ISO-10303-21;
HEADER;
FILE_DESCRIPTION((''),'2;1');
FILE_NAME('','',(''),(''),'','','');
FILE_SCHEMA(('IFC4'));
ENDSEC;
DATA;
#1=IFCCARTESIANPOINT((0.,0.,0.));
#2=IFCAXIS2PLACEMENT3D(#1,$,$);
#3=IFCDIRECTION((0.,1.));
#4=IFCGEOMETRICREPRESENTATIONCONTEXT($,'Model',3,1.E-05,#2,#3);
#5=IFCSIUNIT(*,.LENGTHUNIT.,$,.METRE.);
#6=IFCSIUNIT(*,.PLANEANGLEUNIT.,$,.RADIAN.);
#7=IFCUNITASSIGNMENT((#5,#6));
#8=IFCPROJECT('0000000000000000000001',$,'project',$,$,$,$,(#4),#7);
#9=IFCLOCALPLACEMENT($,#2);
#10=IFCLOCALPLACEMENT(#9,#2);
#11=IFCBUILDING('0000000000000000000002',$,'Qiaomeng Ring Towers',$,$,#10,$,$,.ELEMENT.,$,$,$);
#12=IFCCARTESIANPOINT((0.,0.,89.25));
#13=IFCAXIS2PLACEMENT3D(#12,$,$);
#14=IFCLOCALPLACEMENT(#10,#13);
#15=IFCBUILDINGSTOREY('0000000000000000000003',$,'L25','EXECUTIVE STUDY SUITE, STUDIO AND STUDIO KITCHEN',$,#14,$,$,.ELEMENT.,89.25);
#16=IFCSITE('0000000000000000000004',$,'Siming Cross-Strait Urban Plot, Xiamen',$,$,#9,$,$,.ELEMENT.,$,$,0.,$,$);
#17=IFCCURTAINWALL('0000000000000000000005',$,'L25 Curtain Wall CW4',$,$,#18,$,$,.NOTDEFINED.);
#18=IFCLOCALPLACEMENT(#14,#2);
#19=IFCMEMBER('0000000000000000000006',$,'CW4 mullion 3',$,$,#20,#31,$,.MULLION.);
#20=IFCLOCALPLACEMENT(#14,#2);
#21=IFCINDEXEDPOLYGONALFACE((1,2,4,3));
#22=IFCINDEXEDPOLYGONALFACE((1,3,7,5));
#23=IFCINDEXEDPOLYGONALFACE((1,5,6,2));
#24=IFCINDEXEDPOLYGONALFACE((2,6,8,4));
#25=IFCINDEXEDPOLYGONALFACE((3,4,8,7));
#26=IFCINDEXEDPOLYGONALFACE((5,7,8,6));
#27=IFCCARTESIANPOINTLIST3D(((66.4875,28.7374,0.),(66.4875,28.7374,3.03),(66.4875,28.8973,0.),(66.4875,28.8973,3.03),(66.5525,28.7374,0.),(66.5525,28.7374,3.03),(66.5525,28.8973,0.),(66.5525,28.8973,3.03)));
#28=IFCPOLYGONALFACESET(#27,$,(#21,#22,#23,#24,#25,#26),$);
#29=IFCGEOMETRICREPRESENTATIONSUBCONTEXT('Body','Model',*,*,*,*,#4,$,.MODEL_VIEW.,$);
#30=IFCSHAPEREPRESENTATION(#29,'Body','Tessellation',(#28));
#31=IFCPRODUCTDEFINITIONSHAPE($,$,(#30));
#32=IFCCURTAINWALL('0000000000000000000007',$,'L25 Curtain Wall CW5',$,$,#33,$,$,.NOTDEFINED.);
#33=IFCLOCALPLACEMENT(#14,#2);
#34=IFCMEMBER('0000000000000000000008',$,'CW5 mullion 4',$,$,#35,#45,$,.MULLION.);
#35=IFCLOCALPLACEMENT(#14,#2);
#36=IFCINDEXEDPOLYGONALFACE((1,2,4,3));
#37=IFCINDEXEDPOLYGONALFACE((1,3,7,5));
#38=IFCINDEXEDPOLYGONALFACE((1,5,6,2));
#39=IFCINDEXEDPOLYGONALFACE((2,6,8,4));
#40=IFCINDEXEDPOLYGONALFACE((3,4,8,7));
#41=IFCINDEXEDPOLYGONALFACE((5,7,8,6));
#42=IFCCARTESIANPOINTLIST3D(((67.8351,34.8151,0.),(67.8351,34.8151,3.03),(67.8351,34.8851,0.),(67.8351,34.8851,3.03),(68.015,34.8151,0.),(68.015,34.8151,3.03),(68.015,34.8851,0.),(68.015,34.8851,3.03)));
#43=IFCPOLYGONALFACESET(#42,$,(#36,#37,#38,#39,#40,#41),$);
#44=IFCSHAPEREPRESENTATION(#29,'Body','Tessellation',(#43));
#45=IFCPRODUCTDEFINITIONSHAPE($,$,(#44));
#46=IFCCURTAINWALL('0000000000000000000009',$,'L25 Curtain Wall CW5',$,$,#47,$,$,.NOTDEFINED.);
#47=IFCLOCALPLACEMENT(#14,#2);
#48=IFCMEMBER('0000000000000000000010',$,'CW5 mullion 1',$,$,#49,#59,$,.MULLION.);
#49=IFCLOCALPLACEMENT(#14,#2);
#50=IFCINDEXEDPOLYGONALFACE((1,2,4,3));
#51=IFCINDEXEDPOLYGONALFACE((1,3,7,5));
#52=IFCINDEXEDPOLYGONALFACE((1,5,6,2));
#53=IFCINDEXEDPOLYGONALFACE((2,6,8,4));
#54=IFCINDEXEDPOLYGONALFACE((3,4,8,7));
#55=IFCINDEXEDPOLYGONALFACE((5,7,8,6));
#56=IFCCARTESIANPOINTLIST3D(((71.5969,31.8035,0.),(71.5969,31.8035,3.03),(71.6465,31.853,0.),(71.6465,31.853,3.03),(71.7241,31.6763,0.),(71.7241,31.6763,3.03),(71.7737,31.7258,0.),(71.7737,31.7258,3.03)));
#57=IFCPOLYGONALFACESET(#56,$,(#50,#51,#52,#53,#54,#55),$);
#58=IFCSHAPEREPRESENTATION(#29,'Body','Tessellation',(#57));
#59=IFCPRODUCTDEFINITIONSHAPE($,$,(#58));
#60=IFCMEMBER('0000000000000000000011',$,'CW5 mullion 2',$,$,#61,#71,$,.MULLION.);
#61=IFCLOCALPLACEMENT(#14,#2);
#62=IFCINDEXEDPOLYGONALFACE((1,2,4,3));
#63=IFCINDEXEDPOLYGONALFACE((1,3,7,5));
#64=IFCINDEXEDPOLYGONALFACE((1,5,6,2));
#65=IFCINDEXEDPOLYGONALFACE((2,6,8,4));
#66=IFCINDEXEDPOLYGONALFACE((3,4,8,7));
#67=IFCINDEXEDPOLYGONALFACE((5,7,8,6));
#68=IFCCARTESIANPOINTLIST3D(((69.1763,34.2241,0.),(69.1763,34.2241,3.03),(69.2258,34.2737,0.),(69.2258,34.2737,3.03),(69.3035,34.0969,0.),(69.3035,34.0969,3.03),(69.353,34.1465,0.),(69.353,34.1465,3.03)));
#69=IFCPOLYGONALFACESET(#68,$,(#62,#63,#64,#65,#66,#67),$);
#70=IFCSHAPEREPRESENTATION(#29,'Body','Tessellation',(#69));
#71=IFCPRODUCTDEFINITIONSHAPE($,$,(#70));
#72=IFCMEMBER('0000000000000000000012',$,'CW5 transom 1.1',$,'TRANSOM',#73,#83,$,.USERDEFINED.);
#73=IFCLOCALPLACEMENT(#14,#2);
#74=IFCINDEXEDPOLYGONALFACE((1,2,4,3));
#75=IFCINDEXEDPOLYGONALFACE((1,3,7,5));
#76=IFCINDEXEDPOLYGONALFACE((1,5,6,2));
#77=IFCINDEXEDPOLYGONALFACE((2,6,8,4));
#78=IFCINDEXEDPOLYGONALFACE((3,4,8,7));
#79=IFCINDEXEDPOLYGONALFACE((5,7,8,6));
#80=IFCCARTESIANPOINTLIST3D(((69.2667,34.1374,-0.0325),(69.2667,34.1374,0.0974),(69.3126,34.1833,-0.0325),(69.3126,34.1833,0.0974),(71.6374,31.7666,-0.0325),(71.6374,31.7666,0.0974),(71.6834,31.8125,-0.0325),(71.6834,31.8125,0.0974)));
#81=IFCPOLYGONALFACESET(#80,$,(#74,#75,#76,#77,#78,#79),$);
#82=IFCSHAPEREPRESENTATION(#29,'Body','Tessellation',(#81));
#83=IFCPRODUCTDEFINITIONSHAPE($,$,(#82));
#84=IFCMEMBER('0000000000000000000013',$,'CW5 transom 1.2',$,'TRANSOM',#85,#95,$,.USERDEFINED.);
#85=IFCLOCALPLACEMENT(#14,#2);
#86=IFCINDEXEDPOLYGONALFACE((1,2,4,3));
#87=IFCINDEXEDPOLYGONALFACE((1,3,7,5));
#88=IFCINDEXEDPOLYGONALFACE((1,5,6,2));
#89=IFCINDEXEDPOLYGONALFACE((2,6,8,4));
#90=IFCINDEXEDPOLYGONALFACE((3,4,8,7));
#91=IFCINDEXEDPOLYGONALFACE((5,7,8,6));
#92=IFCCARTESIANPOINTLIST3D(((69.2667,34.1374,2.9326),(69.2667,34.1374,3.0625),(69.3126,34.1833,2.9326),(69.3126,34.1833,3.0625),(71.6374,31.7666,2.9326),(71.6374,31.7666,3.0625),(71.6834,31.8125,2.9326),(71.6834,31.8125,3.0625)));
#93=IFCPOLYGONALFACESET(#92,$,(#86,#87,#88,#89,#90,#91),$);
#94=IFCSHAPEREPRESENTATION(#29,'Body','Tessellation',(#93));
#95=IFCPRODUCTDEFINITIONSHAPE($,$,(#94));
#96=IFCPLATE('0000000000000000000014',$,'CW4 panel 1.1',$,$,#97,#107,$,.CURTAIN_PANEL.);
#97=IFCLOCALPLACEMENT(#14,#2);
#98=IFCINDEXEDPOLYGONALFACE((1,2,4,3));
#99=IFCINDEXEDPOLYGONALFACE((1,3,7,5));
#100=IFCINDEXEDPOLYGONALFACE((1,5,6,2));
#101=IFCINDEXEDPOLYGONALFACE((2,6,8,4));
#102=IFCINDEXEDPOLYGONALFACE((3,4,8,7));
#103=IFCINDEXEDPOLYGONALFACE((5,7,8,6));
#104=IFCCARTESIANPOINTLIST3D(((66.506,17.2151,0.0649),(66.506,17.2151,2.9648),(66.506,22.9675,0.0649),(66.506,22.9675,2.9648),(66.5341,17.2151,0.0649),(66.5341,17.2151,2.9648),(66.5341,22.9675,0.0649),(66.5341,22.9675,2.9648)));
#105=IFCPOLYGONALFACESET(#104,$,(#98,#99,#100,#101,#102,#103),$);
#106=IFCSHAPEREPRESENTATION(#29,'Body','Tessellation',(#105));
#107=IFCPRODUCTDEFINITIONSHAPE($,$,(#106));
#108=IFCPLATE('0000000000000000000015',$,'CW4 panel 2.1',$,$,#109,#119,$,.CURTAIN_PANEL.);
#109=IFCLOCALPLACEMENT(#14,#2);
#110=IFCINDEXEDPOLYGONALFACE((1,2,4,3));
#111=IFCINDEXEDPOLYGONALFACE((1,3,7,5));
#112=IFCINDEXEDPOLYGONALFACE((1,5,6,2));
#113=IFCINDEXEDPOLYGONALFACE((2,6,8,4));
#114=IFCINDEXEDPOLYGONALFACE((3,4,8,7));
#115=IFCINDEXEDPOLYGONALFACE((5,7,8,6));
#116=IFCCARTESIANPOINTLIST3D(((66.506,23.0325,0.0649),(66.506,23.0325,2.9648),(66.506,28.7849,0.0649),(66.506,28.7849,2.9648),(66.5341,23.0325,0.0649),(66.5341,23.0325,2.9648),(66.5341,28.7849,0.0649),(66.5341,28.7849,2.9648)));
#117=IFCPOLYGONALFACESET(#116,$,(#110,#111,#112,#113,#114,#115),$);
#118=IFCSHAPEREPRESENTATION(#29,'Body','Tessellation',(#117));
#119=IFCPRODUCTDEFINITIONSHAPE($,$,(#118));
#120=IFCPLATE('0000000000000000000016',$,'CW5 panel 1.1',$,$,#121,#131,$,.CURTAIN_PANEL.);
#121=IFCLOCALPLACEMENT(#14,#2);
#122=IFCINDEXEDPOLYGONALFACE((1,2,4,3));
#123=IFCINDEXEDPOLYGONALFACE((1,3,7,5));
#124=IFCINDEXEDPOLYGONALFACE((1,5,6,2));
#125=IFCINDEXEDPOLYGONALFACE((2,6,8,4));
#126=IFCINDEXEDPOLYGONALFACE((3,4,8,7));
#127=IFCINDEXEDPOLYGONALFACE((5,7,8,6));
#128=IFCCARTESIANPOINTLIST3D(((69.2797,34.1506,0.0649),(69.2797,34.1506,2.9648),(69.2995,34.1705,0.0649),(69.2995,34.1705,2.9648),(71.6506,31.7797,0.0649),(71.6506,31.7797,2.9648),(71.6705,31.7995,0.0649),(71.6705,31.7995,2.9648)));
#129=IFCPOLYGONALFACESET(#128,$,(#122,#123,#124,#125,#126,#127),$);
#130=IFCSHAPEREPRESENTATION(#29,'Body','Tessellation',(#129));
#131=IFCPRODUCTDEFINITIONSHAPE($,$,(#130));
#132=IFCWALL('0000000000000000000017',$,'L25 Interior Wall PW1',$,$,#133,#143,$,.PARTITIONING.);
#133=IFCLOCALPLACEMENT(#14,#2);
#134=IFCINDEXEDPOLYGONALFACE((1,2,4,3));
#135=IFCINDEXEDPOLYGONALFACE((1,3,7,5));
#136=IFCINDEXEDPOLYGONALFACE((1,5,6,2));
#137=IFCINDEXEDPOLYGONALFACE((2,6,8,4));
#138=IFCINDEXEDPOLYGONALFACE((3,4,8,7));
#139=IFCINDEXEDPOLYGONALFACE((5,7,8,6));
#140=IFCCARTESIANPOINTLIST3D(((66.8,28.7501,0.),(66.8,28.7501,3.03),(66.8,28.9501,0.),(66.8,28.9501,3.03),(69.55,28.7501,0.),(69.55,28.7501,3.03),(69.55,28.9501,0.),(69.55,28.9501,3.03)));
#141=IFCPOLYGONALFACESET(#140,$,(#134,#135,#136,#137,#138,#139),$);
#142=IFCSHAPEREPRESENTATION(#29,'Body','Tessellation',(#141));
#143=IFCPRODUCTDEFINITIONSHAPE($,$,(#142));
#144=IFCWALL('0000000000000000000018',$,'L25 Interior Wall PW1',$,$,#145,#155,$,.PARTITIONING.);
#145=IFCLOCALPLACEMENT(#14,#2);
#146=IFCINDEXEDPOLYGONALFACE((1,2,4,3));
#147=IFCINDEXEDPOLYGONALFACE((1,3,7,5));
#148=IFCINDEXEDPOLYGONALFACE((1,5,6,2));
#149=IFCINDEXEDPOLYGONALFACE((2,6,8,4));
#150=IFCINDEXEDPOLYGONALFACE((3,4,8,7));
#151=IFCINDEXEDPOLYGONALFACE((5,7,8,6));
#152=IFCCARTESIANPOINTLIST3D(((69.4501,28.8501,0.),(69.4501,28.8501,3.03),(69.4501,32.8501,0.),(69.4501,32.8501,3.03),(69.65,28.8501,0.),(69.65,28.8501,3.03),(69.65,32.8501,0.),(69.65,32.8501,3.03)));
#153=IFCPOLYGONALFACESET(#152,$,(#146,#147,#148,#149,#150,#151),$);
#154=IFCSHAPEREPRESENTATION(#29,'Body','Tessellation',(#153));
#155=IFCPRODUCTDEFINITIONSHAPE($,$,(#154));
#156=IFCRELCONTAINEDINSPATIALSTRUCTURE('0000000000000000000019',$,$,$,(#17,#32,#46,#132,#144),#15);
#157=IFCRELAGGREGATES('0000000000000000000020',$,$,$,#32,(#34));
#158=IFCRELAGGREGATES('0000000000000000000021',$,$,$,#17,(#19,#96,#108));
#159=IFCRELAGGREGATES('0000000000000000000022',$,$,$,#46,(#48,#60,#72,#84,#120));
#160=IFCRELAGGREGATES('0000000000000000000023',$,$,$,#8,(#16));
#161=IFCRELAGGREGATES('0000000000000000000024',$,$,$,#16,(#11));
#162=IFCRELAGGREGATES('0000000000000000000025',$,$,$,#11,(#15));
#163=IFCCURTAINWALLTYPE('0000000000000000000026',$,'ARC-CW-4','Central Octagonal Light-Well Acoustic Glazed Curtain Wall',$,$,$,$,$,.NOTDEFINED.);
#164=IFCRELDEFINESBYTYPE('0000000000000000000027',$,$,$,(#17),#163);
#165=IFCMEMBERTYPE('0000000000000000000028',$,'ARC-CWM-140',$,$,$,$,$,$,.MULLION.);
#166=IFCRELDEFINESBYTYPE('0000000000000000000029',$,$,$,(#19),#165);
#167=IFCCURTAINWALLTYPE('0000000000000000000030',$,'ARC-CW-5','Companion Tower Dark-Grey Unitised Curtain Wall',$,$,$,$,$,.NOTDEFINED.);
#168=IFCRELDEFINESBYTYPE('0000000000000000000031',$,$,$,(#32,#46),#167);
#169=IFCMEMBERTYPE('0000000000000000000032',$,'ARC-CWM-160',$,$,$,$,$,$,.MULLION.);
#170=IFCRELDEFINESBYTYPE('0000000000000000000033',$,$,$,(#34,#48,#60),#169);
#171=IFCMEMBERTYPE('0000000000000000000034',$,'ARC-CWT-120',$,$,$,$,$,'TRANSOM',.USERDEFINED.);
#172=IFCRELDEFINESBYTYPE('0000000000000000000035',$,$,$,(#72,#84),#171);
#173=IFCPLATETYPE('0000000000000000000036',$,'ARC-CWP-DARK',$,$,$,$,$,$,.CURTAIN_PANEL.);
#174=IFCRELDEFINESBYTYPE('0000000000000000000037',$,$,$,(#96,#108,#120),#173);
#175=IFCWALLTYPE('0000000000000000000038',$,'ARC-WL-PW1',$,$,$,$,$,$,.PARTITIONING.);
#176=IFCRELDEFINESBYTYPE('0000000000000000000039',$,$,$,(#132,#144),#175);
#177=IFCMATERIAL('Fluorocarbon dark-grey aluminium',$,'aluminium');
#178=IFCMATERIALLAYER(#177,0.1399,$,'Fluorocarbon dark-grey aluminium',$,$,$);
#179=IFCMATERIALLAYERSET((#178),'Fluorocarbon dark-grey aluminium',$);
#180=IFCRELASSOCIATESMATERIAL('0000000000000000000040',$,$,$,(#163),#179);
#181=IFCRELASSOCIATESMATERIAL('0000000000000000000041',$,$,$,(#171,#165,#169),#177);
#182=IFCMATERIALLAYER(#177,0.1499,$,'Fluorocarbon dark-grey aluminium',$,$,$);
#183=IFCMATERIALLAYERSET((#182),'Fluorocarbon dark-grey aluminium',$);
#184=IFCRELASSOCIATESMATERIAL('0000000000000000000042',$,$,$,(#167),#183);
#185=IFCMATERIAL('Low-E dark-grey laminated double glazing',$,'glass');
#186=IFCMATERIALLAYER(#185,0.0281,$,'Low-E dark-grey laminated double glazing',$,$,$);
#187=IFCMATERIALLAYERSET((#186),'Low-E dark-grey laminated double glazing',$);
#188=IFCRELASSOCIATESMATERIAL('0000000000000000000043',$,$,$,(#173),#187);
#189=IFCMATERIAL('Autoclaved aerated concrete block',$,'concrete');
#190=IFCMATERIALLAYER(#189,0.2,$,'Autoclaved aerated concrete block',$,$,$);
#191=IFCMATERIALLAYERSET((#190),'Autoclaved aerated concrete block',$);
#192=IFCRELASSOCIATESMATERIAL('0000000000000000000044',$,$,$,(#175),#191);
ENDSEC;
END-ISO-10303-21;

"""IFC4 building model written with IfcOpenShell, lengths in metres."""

from ifc_helpers import new_model, si_unit, direction, frame, frame_2d, origin, origin_2d, place, context, subcontext, project, spatial, rectangle, extrude, source, transform, mapped, material, layer, layer_set, material_profile, profile_set, type_object, element, aggregate, save


model = new_model("IFC4")

# Units and contexts
model_context = context("Model", 3, precision=1e-05, world=origin(), true_north=direction((0.0, 1.0)))
body_context = subcontext(model_context, "Body", "Model", "MODEL_VIEW")
ifc_project = project(units=[si_unit("LENGTHUNIT", "METRE"), si_unit("PLANEANGLEUNIT", "RADIAN")], contexts=[model_context])

# Site, building, storey
site_placement = place(None, origin())
site = spatial("IfcSite", under=ifc_project, at=site_placement, Name="Siming Cross-Strait Urban Plot, Xiamen", CompositionType="ELEMENT", RefElevation=0.0)
building_placement = place(site_placement, origin())
building = spatial("IfcBuilding", under=site, at=building_placement, Name="Qiaomeng Ring Towers", CompositionType="ELEMENT")
storey_placement = place(building_placement, frame((0.0, 0.0, 89.25)))
storey = spatial("IfcBuildingStorey", under=building, at=storey_placement, Name="L25", Description="EXECUTIVE STUDY SUITE, STUDIO AND STUDIO KITCHEN", CompositionType="ELEMENT", Elevation=89.25)

# Curtain wall, member
ifc_material_1 = material(Name="Fluorocarbon dark-grey aluminium", Category="aluminium")
ifc_layer_1 = layer(ifc_material_1, 0.1399, Name="Fluorocarbon dark-grey aluminium")
ifc_layer_set_1 = layer_set([ifc_layer_1], Name="Fluorocarbon dark-grey aluminium")
curtain_wall_type_1 = type_object("IfcCurtainWallType", Name="ARC-CW-4", Description="Central Octagonal Light-Well Acoustic Glazed Curtain Wall", PredefinedType="NOTDEFINED", material=ifc_layer_set_1)
curtain_wall_1_placement = place(storey_placement, origin())
curtain_wall_1 = element("IfcCurtainWall", 1, at=curtain_wall_1_placement, inside=storey, type_object=curtain_wall_type_1, Name="L25 Curtain Wall CW4", PredefinedType="NOTDEFINED")
ifc_material_profile_1 = material_profile(ifc_material_1, rectangle(XDim=0.0649, YDim=0.1299, at=origin_2d()), Name="ALU TRAN 65x130")
ifc_profile_set_1 = profile_set([ifc_material_profile_1], Name="Fluorocarbon dark-grey aluminium")
member_type_1 = type_object("IfcMemberType", Name="ARC-CWT-120", ElementType="TRANSOM", PredefinedType="USERDEFINED", material=ifc_profile_set_1)
ifc_material_profile_2 = material_profile(ifc_material_1, rectangle(XDim=0.0649, YDim=0.1599, at=origin_2d()), Name="ALU MULL 65x160")
ifc_profile_set_2 = profile_set([ifc_material_profile_2], Name="Fluorocarbon dark-grey aluminium")
member_type_2 = type_object("IfcMemberType", Name="ARC-CWM-140", PredefinedType="MULLION", material=ifc_profile_set_2)
shared_shape_1 = source(origin(), body_context, "Body", "SweptSolid", [
    extrude(rectangle(XDim=0.0649, YDim=0.1599, at=origin_2d()), origin(), (0.0, 0.0, 1.0), 3.03),
])
member_1_placement = place(storey_placement, frame((66.52, 28.8174, 0.0), z_axis=(0.0, 0.0, 1.0), x_axis=(-1.0, 0.0, 0.0)))
member_1 = element("IfcMember", 2, at=member_1_placement, type_object=member_type_2, Name="CW4 mullion 3", PredefinedType="MULLION", context=body_context, shape_type="MappedRepresentation", body=[
    mapped(shared_shape_1, transform((0.0, 0.0, 0.0), x_axis=(1.0, 0.0, 0.0), y_axis=(0.0, 1.0, 0.0), z_axis=(0.0, 0.0, 1.0), scale=1.0)),
])

# Curtain wall, member
ifc_layer_2 = layer(ifc_material_1, 0.1499, Name="Fluorocarbon dark-grey aluminium")
ifc_layer_set_2 = layer_set([ifc_layer_2], Name="Fluorocarbon dark-grey aluminium")
curtain_wall_type_2 = type_object("IfcCurtainWallType", Name="ARC-CW-5", Description="Companion Tower Dark-Grey Unitised Curtain Wall", PredefinedType="NOTDEFINED", material=ifc_layer_set_2)
curtain_wall_2_placement = place(storey_placement, origin())
curtain_wall_2 = element("IfcCurtainWall", 3, at=curtain_wall_2_placement, inside=storey, type_object=curtain_wall_type_2, Name="L25 Curtain Wall CW5", PredefinedType="NOTDEFINED")
ifc_material_profile_3 = material_profile(ifc_material_1, rectangle(XDim=0.0701, YDim=0.1799, at=origin_2d()), Name="ALU MULL 70x180")
ifc_profile_set_3 = profile_set([ifc_material_profile_3], Name="Fluorocarbon dark-grey aluminium")
member_type_3 = type_object("IfcMemberType", Name="ARC-CWM-160", PredefinedType="MULLION", material=ifc_profile_set_3)
shared_shape_2 = source(origin(), body_context, "Body", "SweptSolid", [
    extrude(rectangle(XDim=0.0701, YDim=0.1799, at=origin_2d()), origin(), (0.0, 0.0, 1.0), 3.03),
])
member_2_placement = place(storey_placement, frame((67.925, 34.8501, 0.0), z_axis=(0.0, 0.0, 1.0), x_axis=(0.0, 1.0, 0.0)))
member_2 = element("IfcMember", 4, at=member_2_placement, type_object=member_type_3, Name="CW5 mullion 4", PredefinedType="MULLION", context=body_context, shape_type="MappedRepresentation", body=[
    mapped(shared_shape_2, transform((0.0, 0.0, 0.0), x_axis=(1.0, 0.0, 0.0), y_axis=(0.0, 1.0, 0.0), z_axis=(0.0, 0.0, 1.0), scale=1.0)),
])
aggregate(curtain_wall_2, [member_2])

# Curtain wall, members
curtain_wall_3_placement = place(storey_placement, origin())
curtain_wall_3 = element("IfcCurtainWall", 5, at=curtain_wall_3_placement, inside=storey, type_object=curtain_wall_type_2, Name="L25 Curtain Wall CW5", PredefinedType="NOTDEFINED")
member_3_placement = place(storey_placement, frame((71.6853, 31.7646, 0.0), z_axis=(0.0, 0.0, 1.0), x_axis=(-0.707107, -0.707107, 0.0)))
member_3 = element("IfcMember", 6, at=member_3_placement, type_object=member_type_3, Name="CW5 mullion 1", PredefinedType="MULLION", context=body_context, shape_type="MappedRepresentation", body=[
    mapped(shared_shape_2, transform((0.0, 0.0, 0.0), x_axis=(1.0, 0.0, 0.0), y_axis=(0.0, 1.0, 0.0), z_axis=(0.0, 0.0, 1.0), scale=1.0)),
])
member_4_placement = place(storey_placement, frame((69.2646, 34.1853, 0.0), z_axis=(0.0, 0.0, 1.0), x_axis=(-0.707107, -0.707107, 0.0)))
member_4 = element("IfcMember", 7, at=member_4_placement, type_object=member_type_3, Name="CW5 mullion 2", PredefinedType="MULLION", context=body_context, shape_type="MappedRepresentation", body=[
    mapped(shared_shape_2, transform((0.0, 0.0, 0.0), x_axis=(1.0, 0.0, 0.0), y_axis=(0.0, 1.0, 0.0), z_axis=(0.0, 0.0, 1.0), scale=1.0)),
])
shared_shape_3 = source(origin(), body_context, "Body", "SweptSolid", [
    extrude(rectangle(XDim=0.0649, YDim=0.1299, at=origin_2d()), origin(), (0.0, 0.0, 1.0), 3.3528),
])
member_5_placement = place(storey_placement, frame((71.6604, 31.7896, 0.0325), z_axis=(-0.707107, 0.707107, 0.0), x_axis=(-0.707107, -0.707107, 0.0)))
member_5 = element("IfcMember", 8, at=member_5_placement, type_object=member_type_1, Name="CW5 transom 1.1", ObjectType="TRANSOM", PredefinedType="USERDEFINED", context=body_context, shape_type="MappedRepresentation", body=[
    mapped(shared_shape_3, transform((0.0, 0.0, 0.0), x_axis=(1.0, 0.0, 0.0), y_axis=(0.0, 1.0, 0.0), z_axis=(0.0, 0.0, 1.0), scale=1.0)),
])
member_6_placement = place(storey_placement, frame((71.6604, 31.7896, 2.9976), z_axis=(-0.707107, 0.707107, 0.0), x_axis=(-0.707107, -0.707107, 0.0)))
member_6 = element("IfcMember", 9, at=member_6_placement, type_object=member_type_1, Name="CW5 transom 1.2", ObjectType="TRANSOM", PredefinedType="USERDEFINED", context=body_context, shape_type="MappedRepresentation", body=[
    mapped(shared_shape_3, transform((0.0, 0.0, 0.0), x_axis=(1.0, 0.0, 0.0), y_axis=(0.0, 1.0, 0.0), z_axis=(0.0, 0.0, 1.0), scale=1.0)),
])

# Plates
ifc_material_2 = material(Name="Low-E dark-grey laminated double glazing", Category="glass")
ifc_layer_3 = layer(ifc_material_2, 0.0281, Name="Low-E dark-grey laminated double glazing")
ifc_layer_set_3 = layer_set([ifc_layer_3], Name="Low-E dark-grey laminated double glazing")
plate_type = type_object("IfcPlateType", Name="ARC-CWP-DARK", PredefinedType="CURTAIN_PANEL", material=ifc_layer_set_3)
shared_shape_4 = source(origin(), body_context, "Body", "SweptSolid", [
    extrude(rectangle(XDim=5.7524, YDim=0.0281, at=origin_2d()), origin(), (0.0, 0.0, 1.0), 2.8999),
])
plate_1_placement = place(storey_placement, frame((66.52, 20.0913, 0.0649), z_axis=(0.0, 0.0, 1.0), x_axis=(0.0, 1.0, 0.0)))
plate_1 = element("IfcPlate", 10, at=plate_1_placement, type_object=plate_type, Name="CW4 panel 1.1", PredefinedType="CURTAIN_PANEL", context=body_context, shape_type="MappedRepresentation", body=[
    mapped(shared_shape_4, transform((0.0, 0.0, 0.0), x_axis=(1.0, 0.0, 0.0), y_axis=(0.0, 1.0, 0.0), z_axis=(0.0, 0.0, 1.0), scale=1.0)),
])
plate_2_placement = place(storey_placement, frame((66.52, 25.9087, 0.0649), z_axis=(0.0, 0.0, 1.0), x_axis=(0.0, 1.0, 0.0)))
plate_2 = element("IfcPlate", 11, at=plate_2_placement, type_object=plate_type, Name="CW4 panel 2.1", PredefinedType="CURTAIN_PANEL", context=body_context, shape_type="MappedRepresentation", body=[
    mapped(shared_shape_4, transform((0.0, 0.0, 0.0), x_axis=(1.0, 0.0, 0.0), y_axis=(0.0, 1.0, 0.0), z_axis=(0.0, 0.0, 1.0), scale=1.0)),
])
aggregate(curtain_wall_1, [member_1, plate_1, plate_2])
shared_shape_5 = source(origin(), body_context, "Body", "SweptSolid", [
    extrude(rectangle(XDim=3.353, YDim=0.0281, at=origin_2d()), origin(), (0.0, 0.0, 1.0), 2.8999),
])
plate_3_placement = place(storey_placement, frame((70.4751, 32.9751, 0.0649), z_axis=(0.0, 0.0, 1.0), x_axis=(-0.707107, 0.707107, 0.0)))
plate_3 = element("IfcPlate", 12, at=plate_3_placement, type_object=plate_type, Name="CW5 panel 1.1", PredefinedType="CURTAIN_PANEL", context=body_context, shape_type="MappedRepresentation", body=[
    mapped(shared_shape_5, transform((0.0, 0.0, 0.0), x_axis=(1.0, 0.0, 0.0), y_axis=(0.0, 1.0, 0.0), z_axis=(0.0, 0.0, 1.0), scale=1.0)),
])
aggregate(curtain_wall_3, [member_3, member_4, member_5, member_6, plate_3])

# Walls
ifc_material_3 = material(Name="Autoclaved aerated concrete block", Category="concrete")
ifc_layer_4 = layer(ifc_material_3, 0.2, Name="Autoclaved aerated concrete block")
ifc_layer_set_4 = layer_set([ifc_layer_4], Name="Autoclaved aerated concrete block")
wall_type_1 = type_object("IfcWallType", Name="ARC-WL-PW1", PredefinedType="PARTITIONING", material=ifc_layer_set_4)
wall_1_placement = place(storey_placement, frame((66.8, 28.8501, 0.0), z_axis=(0.0, 0.0, 1.0), x_axis=(1.0, 0.0, 0.0)))
element("IfcWall", 13, at=wall_1_placement, inside=storey, type_object=wall_type_1, Name="L25 Interior Wall PW1", PredefinedType="PARTITIONING", context=body_context, shape_type="SweptSolid", body=[
    extrude(rectangle(XDim=2.75, YDim=0.2, at=frame_2d((1.375, 0.0))), origin(), (0.0, 0.0, 1.0), 3.03),
])
wall_2_placement = place(storey_placement, frame((69.55, 28.8501, 0.0), z_axis=(0.0, 0.0, 1.0), x_axis=(0.0, 1.0, 0.0)))
element("IfcWall", 14, at=wall_2_placement, inside=storey, type_object=wall_type_1, Name="L25 Interior Wall PW1", PredefinedType="PARTITIONING", context=body_context, shape_type="SweptSolid", body=[
    extrude(rectangle(XDim=4.0, YDim=0.2, at=frame_2d((2.0, 0.0))), origin(), (0.0, 0.0, 1.0), 3.03),
])

save(model, "model.ifc")
